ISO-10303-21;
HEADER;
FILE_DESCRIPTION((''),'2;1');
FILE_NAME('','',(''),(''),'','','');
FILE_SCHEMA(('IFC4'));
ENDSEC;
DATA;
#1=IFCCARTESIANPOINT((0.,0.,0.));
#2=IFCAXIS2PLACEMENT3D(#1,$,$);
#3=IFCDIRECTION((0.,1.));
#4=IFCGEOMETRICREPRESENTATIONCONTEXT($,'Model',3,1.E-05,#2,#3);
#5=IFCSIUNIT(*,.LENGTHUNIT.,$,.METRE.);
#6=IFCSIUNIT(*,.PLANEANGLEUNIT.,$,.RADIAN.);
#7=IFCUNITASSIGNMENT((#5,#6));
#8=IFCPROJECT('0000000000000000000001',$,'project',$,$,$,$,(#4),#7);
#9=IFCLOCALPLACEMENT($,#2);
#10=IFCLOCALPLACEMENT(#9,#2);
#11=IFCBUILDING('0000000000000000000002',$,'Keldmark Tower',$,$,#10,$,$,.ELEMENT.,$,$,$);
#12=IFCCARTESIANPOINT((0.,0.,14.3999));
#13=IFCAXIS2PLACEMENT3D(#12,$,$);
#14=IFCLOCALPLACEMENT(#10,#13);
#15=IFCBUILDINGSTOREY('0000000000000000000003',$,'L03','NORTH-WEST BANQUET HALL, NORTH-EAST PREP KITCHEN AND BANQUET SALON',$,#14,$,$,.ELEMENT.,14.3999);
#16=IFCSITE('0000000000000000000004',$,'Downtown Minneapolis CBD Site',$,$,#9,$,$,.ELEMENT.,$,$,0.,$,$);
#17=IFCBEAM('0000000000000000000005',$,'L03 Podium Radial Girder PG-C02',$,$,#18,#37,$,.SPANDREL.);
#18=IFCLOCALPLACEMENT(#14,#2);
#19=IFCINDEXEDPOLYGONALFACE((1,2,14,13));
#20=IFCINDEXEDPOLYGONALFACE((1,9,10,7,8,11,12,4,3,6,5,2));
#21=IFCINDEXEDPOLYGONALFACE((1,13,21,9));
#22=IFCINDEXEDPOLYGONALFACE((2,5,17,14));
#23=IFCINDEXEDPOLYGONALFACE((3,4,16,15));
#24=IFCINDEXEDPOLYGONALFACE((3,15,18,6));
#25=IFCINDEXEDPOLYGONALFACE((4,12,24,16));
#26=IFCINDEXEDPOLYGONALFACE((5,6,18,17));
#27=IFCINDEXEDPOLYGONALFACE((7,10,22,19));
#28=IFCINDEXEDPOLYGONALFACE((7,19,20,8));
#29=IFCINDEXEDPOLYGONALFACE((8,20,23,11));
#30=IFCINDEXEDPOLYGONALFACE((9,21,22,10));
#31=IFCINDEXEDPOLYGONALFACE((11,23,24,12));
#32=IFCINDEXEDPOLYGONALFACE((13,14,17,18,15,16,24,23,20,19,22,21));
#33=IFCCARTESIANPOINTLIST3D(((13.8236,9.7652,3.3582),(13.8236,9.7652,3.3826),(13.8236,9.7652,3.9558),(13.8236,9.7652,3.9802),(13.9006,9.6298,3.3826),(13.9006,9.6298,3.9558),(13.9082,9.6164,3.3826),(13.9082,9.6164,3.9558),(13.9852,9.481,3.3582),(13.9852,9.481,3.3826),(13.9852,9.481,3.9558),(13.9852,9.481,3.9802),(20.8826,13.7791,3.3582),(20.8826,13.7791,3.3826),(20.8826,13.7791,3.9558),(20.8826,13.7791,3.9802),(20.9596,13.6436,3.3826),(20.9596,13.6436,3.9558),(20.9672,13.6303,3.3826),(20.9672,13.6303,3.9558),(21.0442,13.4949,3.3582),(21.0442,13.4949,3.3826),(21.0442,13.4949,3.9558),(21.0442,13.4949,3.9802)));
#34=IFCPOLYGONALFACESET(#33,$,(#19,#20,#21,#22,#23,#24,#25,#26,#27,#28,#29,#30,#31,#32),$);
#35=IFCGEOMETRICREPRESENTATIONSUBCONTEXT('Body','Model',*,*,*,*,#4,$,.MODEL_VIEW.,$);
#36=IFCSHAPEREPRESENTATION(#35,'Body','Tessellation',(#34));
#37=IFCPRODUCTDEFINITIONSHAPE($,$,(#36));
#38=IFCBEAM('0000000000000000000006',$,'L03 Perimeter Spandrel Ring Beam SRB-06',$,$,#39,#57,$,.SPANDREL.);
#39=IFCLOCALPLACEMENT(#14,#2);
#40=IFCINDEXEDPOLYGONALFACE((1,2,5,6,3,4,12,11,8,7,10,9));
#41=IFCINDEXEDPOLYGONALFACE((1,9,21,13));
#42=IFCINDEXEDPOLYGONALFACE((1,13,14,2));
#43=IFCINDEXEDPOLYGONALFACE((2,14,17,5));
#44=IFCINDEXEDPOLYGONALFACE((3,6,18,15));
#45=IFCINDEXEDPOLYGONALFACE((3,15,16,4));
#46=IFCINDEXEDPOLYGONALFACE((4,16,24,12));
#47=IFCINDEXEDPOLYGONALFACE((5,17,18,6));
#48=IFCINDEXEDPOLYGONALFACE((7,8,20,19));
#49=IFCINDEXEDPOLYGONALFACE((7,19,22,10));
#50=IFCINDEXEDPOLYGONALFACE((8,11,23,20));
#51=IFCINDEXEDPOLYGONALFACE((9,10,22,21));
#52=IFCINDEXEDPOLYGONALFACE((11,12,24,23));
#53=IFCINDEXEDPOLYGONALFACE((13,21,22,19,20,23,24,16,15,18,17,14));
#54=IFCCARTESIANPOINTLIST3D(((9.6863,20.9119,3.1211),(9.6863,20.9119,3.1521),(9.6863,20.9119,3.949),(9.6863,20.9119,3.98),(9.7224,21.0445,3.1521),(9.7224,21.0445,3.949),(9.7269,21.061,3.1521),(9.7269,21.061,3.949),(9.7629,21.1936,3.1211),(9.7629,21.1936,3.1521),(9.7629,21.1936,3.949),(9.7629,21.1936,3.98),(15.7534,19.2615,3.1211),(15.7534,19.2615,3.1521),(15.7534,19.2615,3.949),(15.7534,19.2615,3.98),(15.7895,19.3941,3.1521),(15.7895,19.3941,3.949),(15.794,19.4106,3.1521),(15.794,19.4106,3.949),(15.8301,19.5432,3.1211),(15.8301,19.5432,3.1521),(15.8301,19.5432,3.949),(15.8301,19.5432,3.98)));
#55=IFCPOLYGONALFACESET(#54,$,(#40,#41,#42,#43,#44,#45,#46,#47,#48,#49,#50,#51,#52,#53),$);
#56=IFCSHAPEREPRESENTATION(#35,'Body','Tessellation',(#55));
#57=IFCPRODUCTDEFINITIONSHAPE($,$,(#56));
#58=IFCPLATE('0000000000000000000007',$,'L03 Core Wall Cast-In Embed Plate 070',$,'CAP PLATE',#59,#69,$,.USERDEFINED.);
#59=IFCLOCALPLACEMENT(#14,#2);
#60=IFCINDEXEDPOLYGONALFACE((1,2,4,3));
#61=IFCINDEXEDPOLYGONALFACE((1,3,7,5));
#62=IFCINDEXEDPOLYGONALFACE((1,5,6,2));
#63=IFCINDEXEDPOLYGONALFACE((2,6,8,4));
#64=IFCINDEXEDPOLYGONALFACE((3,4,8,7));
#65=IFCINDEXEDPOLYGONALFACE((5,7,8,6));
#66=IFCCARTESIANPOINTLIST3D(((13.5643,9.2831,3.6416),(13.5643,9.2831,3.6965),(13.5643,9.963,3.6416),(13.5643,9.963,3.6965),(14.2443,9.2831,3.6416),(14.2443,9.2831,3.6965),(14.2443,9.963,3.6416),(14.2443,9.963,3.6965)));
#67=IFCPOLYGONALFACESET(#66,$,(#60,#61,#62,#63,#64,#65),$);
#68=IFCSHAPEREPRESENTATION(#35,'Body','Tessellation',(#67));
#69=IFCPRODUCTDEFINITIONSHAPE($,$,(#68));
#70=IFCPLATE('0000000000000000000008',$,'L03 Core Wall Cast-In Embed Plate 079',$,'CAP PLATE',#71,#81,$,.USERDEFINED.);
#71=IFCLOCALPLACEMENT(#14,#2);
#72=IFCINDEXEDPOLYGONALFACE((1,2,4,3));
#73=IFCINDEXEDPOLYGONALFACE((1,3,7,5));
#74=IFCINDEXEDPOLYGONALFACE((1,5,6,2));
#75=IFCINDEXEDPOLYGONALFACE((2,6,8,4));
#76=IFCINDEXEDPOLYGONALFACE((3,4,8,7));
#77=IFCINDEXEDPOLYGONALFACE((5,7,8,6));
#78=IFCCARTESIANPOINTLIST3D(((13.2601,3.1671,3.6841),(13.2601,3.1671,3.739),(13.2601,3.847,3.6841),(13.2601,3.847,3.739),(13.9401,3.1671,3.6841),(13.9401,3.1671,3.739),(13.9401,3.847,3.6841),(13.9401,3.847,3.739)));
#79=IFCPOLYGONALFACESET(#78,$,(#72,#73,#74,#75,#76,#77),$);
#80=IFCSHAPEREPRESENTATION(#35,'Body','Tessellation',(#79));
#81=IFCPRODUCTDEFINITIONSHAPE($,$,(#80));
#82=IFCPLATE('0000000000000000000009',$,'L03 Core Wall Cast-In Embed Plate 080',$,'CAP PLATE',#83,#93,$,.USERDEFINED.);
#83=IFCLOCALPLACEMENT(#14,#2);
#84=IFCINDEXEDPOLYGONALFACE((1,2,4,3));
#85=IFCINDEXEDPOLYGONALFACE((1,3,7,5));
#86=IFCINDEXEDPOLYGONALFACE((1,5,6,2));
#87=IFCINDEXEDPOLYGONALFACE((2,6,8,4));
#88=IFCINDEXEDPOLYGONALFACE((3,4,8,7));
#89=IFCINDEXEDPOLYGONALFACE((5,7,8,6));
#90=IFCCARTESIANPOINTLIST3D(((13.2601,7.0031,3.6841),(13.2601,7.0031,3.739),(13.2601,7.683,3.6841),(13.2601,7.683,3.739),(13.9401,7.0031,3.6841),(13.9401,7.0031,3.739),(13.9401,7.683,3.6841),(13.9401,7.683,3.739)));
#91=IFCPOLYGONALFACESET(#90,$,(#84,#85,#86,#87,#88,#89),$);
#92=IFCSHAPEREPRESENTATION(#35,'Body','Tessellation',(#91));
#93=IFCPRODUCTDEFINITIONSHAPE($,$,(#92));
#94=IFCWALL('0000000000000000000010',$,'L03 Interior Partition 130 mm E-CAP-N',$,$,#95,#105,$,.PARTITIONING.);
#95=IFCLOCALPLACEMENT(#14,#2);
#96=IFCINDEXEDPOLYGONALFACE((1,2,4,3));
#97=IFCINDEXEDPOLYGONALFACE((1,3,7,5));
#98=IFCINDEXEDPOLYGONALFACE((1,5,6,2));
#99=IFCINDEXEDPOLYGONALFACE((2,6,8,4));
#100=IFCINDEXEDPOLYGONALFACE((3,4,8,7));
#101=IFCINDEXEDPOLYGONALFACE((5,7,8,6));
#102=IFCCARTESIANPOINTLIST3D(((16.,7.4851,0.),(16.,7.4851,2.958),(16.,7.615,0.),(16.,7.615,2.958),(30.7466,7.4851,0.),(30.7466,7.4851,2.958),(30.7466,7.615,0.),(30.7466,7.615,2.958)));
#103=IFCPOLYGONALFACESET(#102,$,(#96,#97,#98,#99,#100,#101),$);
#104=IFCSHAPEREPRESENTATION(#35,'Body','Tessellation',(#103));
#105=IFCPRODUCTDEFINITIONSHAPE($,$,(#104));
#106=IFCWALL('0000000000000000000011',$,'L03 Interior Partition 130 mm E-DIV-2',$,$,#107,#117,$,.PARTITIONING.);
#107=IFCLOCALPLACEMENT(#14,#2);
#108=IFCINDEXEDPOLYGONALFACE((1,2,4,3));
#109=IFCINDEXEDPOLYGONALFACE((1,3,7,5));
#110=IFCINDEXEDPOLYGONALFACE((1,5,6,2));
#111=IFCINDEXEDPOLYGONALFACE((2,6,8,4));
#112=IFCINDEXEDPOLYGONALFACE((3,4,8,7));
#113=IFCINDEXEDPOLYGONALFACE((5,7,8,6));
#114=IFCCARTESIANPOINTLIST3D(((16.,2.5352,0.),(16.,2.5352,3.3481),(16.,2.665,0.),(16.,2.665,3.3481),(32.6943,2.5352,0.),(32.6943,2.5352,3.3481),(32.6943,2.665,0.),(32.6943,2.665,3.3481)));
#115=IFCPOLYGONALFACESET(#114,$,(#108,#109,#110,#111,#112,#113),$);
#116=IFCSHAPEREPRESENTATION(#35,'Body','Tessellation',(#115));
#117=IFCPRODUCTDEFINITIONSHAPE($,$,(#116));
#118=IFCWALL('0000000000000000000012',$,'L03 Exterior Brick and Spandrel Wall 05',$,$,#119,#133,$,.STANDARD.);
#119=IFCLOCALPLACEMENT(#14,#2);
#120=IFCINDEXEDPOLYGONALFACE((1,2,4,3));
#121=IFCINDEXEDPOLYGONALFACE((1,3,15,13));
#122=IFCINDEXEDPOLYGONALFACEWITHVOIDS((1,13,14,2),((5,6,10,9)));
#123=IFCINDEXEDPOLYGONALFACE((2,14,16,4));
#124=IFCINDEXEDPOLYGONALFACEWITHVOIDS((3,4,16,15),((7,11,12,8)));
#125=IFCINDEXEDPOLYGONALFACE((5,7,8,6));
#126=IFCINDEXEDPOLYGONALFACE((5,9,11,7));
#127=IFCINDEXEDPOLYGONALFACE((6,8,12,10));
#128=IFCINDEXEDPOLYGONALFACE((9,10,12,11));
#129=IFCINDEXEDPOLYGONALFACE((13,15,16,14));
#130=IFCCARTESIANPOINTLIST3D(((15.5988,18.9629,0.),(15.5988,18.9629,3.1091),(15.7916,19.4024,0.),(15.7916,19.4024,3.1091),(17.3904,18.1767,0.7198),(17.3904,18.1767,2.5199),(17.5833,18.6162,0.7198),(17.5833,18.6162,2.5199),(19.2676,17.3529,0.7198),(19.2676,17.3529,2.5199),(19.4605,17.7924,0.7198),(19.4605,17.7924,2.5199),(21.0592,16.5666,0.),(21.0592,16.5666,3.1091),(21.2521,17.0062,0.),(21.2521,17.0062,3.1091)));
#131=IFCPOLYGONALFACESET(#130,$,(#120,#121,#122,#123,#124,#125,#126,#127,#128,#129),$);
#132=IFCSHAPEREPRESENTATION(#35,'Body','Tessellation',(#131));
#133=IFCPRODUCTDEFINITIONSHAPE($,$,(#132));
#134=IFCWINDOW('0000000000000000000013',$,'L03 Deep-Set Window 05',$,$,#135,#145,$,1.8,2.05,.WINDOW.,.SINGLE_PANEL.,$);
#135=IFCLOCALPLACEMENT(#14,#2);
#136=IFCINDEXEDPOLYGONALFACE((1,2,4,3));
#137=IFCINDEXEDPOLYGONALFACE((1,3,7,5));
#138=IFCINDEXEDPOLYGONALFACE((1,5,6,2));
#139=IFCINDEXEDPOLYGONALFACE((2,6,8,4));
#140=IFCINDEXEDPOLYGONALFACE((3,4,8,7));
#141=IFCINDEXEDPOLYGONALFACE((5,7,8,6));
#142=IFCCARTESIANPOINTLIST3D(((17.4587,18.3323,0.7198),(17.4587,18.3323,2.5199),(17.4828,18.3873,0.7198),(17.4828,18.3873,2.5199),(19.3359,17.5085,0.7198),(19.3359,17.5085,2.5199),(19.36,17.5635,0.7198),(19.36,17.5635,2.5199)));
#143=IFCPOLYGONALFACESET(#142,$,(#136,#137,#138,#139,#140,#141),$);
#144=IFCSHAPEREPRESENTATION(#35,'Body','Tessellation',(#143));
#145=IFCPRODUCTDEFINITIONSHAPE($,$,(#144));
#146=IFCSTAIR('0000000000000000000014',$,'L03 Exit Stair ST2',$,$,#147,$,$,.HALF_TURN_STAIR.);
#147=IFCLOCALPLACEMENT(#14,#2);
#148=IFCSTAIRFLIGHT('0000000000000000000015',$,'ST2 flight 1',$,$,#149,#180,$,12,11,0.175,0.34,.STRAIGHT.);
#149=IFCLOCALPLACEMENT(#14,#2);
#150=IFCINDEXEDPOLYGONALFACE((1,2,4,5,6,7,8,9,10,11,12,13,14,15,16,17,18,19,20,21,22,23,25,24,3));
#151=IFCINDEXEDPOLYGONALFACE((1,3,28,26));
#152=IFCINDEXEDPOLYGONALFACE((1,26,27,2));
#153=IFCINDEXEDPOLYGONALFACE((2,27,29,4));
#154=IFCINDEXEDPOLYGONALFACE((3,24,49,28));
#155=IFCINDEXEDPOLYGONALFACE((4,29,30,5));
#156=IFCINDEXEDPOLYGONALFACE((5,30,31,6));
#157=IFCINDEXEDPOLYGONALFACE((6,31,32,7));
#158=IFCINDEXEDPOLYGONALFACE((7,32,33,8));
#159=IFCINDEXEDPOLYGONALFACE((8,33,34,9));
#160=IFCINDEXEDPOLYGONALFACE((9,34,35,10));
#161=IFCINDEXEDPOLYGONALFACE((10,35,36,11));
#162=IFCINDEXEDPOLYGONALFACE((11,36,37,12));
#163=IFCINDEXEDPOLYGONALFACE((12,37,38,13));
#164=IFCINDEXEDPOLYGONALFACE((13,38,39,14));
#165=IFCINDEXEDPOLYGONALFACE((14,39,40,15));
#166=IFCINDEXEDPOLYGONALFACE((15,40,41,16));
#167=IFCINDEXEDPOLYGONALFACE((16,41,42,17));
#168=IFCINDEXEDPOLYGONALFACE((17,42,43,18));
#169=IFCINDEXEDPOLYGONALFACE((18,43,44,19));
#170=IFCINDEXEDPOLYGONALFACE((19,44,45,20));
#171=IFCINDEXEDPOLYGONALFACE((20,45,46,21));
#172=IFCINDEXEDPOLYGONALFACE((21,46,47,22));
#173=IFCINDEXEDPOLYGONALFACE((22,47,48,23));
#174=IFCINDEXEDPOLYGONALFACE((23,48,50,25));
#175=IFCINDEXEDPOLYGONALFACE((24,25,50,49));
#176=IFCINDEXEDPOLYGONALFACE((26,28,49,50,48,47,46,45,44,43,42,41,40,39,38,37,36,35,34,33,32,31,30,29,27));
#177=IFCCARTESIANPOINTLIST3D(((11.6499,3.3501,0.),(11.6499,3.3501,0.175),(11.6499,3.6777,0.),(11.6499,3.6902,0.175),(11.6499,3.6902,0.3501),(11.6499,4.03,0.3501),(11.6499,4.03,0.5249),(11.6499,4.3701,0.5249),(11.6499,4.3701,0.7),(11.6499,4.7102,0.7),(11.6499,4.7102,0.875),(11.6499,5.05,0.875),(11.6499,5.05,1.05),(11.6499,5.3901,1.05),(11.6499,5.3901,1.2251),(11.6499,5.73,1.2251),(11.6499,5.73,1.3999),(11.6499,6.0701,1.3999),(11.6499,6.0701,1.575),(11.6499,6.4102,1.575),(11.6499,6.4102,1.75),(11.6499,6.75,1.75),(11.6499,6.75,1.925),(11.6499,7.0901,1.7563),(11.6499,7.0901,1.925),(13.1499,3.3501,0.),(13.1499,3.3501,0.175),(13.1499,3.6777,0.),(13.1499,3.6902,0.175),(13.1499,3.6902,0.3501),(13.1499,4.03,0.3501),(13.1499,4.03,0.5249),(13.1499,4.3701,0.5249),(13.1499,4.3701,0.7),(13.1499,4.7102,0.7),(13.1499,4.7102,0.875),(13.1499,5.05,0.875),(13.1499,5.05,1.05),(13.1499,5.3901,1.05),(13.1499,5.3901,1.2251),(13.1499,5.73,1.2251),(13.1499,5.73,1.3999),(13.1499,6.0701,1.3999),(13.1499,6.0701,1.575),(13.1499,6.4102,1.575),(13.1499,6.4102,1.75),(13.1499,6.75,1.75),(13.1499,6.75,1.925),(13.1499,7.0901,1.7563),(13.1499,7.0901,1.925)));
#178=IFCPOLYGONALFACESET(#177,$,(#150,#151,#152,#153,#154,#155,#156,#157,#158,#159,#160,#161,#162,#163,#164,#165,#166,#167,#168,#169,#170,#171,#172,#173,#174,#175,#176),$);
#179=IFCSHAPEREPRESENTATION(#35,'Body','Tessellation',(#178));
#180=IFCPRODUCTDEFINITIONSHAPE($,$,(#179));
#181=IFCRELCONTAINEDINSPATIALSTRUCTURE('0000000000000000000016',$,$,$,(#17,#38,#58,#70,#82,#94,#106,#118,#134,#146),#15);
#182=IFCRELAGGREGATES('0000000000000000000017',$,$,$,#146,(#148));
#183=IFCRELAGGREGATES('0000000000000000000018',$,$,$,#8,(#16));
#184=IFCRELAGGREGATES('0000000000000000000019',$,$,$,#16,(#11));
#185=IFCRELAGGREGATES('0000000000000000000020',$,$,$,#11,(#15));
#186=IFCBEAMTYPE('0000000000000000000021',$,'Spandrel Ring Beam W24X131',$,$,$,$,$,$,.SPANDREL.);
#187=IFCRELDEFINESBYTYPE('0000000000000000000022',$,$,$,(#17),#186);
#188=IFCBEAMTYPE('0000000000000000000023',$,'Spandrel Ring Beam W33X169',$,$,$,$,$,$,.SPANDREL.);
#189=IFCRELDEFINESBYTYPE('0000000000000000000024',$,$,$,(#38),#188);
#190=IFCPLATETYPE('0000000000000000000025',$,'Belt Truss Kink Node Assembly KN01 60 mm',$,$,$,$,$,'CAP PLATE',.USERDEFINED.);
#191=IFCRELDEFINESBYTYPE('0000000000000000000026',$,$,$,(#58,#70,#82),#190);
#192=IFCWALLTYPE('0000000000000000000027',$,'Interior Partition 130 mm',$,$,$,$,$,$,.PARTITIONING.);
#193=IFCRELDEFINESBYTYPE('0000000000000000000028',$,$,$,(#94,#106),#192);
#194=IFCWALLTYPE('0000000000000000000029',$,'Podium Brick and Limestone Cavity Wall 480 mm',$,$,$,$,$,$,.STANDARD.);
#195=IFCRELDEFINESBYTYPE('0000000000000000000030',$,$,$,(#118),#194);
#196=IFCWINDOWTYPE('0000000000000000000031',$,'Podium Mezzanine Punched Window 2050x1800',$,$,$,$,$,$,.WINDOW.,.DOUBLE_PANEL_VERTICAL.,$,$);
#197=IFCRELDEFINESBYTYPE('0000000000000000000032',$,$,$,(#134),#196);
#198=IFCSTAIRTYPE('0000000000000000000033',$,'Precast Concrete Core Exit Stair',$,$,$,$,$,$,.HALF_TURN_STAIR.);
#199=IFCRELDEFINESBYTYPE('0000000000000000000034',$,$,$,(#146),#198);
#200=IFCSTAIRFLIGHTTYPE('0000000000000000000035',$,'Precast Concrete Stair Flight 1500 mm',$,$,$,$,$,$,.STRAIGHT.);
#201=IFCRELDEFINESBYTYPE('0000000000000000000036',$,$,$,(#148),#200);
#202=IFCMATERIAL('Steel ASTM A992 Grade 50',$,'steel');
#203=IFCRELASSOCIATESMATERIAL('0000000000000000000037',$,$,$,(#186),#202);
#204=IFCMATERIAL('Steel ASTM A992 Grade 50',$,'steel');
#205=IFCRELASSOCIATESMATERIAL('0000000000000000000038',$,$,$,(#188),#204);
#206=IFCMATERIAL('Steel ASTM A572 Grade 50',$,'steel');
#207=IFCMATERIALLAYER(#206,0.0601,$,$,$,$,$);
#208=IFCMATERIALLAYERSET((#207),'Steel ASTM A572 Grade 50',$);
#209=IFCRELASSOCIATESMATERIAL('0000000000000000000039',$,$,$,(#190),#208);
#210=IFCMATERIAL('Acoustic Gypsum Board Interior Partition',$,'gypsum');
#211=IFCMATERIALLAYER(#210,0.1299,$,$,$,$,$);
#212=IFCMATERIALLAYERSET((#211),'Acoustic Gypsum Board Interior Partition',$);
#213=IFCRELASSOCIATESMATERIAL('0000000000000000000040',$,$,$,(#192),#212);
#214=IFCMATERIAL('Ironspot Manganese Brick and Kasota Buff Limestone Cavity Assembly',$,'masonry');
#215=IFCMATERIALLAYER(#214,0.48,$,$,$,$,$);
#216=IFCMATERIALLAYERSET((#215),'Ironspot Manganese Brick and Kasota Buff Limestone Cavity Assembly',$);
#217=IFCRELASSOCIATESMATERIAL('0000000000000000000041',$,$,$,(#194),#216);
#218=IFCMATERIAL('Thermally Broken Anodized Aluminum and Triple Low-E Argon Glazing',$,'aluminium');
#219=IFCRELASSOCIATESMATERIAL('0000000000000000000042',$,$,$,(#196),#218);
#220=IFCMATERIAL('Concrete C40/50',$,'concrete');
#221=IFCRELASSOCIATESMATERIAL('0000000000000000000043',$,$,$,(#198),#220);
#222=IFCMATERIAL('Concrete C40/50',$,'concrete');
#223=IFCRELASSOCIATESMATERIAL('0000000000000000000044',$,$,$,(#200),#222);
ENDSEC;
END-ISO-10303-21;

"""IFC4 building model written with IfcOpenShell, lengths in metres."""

from ifc_helpers import new_model, si_unit, direction, frame, frame_2d, origin, origin_2d, place, context, subcontext, project, spatial, polyline, rectangle, i_section, outline, extrude, material, layer, layer_set, material_profile, profile_set, type_object, element, fill, aggregate, save


model = new_model("IFC4")

# Units and contexts
model_context = context("Model", 3, precision=1e-05, world=origin(), true_north=direction((0.0, 1.0)))
body_context = subcontext(model_context, "Body", "Model", "MODEL_VIEW")
ifc_project = project(units=[si_unit("LENGTHUNIT", "METRE"), si_unit("PLANEANGLEUNIT", "RADIAN")], contexts=[model_context])

# Site, building, storey
site_placement = place(None, origin())
site = spatial("IfcSite", under=ifc_project, at=site_placement, Name="Downtown Minneapolis CBD Site", CompositionType="ELEMENT", RefElevation=0.0)
building_placement = place(site_placement, origin())
building = spatial("IfcBuilding", under=site, at=building_placement, Name="Keldmark Tower", CompositionType="ELEMENT")
storey_placement = place(building_placement, frame((0.0, 0.0, 14.3999)))
storey = spatial("IfcBuildingStorey", under=building, at=storey_placement, Name="L03", Description="NORTH-WEST BANQUET HALL, NORTH-EAST PREP KITCHEN AND BANQUET SALON", CompositionType="ELEMENT", Elevation=14.3999)

# Beams
ifc_material_1 = material(Name="Steel ASTM A992 Grade 50", Category="steel")
ifc_material_profile_1 = material_profile(ifc_material_1, i_section(OverallWidth=0.3269, OverallDepth=0.6221, WebThickness=0.0154, FlangeThickness=0.0244, at=origin_2d()), Name="W24X131")
ifc_profile_set_1 = profile_set([ifc_material_profile_1], Name="Steel ASTM A992 Grade 50")
beam_type_1 = type_object("IfcBeamType", Name="Spandrel Ring Beam W24X131", PredefinedType="SPANDREL", material=ifc_profile_set_1)
beam_1_placement = place(storey_placement, frame((20.9634, 13.637, 3.6692), z_axis=(-0.869294, -0.494296, 0.0), x_axis=(0.494296, -0.869294, 0.0)))
element("IfcBeam", 1, at=beam_1_placement, inside=storey, type_object=beam_type_1, Name="L03 Podium Radial Girder PG-C02", PredefinedType="SPANDREL", context=body_context, shape_type="SweptSolid", body=[
    extrude(i_section(OverallWidth=0.3269, OverallDepth=0.6221, WebThickness=0.0154, FlangeThickness=0.0244, at=origin_2d()), origin(), (0.0, 0.0, 1.0), 8.1204),
])
ifc_material_2 = material(Name="Steel ASTM A992 Grade 50", Category="steel")
ifc_material_profile_2 = material_profile(ifc_material_2, i_section(OverallWidth=0.292, OverallDepth=0.8589, WebThickness=0.0171, FlangeThickness=0.031, at=origin_2d()), Name="W33X169")
ifc_profile_set_2 = profile_set([ifc_material_profile_2], Name="Steel ASTM A992 Grade 50")
beam_type_2 = type_object("IfcBeamType", Name="Spandrel Ring Beam W33X169", PredefinedType="SPANDREL", material=ifc_profile_set_2)
beam_2_placement = place(storey_placement, frame((15.7917, 19.4023, 3.5505), z_axis=(-0.964937, 0.262483, 0.0), x_axis=(-0.262483, -0.964937, 0.0)))
element("IfcBeam", 2, at=beam_2_placement, inside=storey, type_object=beam_type_2, Name="L03 Perimeter Spandrel Ring Beam SRB-06", PredefinedType="SPANDREL", context=body_context, shape_type="SweptSolid", body=[
    extrude(i_section(OverallWidth=0.292, OverallDepth=0.8589, WebThickness=0.0171, FlangeThickness=0.031, at=origin_2d()), origin(), (0.0, 0.0, 1.0), 6.2876),
])

# Plates
ifc_material_3 = material(Name="Steel ASTM A572 Grade 50", Category="steel")
ifc_layer_1 = layer(ifc_material_3, 0.0601)
ifc_layer_set_1 = layer_set([ifc_layer_1], Name="Steel ASTM A572 Grade 50")
plate_type = type_object("IfcPlateType", Name="Belt Truss Kink Node Assembly KN01 60 mm", ElementType="CAP PLATE", PredefinedType="USERDEFINED", material=ifc_layer_set_1)
for number, where, z_axis, x_axis, name in (
    (3, (13.9043, 9.623, 3.6416), (0.0, 0.0, 1.0), (1.0, 0.0, 0.0), "L03 Core Wall Cast-In Embed Plate 070"),
    (4, (13.6001, 3.5071, 3.6841), (0.0, 0.0, 1.0), (1.0, 0.0, 0.0), "L03 Core Wall Cast-In Embed Plate 079"),
    (5, (13.6001, 7.343, 3.6841), (0.0, 0.0, 1.0), (1.0, 0.0, 0.0), "L03 Core Wall Cast-In Embed Plate 080"),
):
    element("IfcPlate", number, at=place(storey_placement, frame(where, z_axis=z_axis, x_axis=x_axis)), inside=storey, type_object=plate_type, Name=name, ObjectType="CAP PLATE", PredefinedType="USERDEFINED", context=body_context, shape_type="SweptSolid", body=[
        extrude(rectangle(XDim=0.6799, YDim=0.6799, at=origin_2d()), origin(), (0.0, 0.0, 1.0), 0.0549),
    ])

# Walls
ifc_material_4 = material(Name="Acoustic Gypsum Board Interior Partition", Category="gypsum")
ifc_layer_2 = layer(ifc_material_4, 0.1299)
ifc_layer_set_2 = layer_set([ifc_layer_2], Name="Acoustic Gypsum Board Interior Partition")
wall_type_1 = type_object("IfcWallType", Name="Interior Partition 130 mm", PredefinedType="PARTITIONING", material=ifc_layer_set_2)
wall_1_placement = place(storey_placement, frame((16.0, 7.55, 0.0), z_axis=(0.0, 0.0, 1.0), x_axis=(1.0, 0.0, 0.0)))
element("IfcWall", 6, at=wall_1_placement, inside=storey, type_object=wall_type_1, Name="L03 Interior Partition 130 mm E-CAP-N", PredefinedType="PARTITIONING", context=body_context, shape_type="SweptSolid", body=[
    extrude(rectangle(XDim=14.7466, YDim=0.1299, at=frame_2d((7.3733, 0.0))), origin(), (0.0, 0.0, 1.0), 2.958),
])
wall_2_placement = place(storey_placement, frame((16.0, 2.6001, 0.0), z_axis=(0.0, 0.0, 1.0), x_axis=(1.0, 0.0, 0.0)))
element("IfcWall", 7, at=wall_2_placement, inside=storey, type_object=wall_type_1, Name="L03 Interior Partition 130 mm E-DIV-2", PredefinedType="PARTITIONING", context=body_context, shape_type="SweptSolid", body=[
    extrude(rectangle(XDim=16.6943, YDim=0.1299, at=frame_2d((8.3472, 0.0))), origin(), (0.0, 0.0, 1.0), 3.3481),
])

# Wall, opening, window
ifc_material_5 = material(Name="Ironspot Manganese Brick and Kasota Buff Limestone Cavity Assembly", Category="masonry")
ifc_layer_3 = layer(ifc_material_5, 0.48)
ifc_layer_set_3 = layer_set([ifc_layer_3], Name="Ironspot Manganese Brick and Kasota Buff Limestone Cavity Assembly")
wall_type_2 = type_object("IfcWallType", Name="Podium Brick and Limestone Cavity Wall 480 mm", PredefinedType="STANDARD", material=ifc_layer_set_3)
wall_3_placement = place(storey_placement, frame((15.6953, 19.1826, 0.0), z_axis=(0.0, 0.0, 1.0), x_axis=(0.915708, -0.401845, 0.0)))
wall_3 = element("IfcWall", 8, at=wall_3_placement, inside=storey, type_object=wall_type_2, Name="L03 Exterior Brick and Spandrel Wall 05", PredefinedType="STANDARD", context=body_context, shape_type="SweptSolid", body=[
    extrude(rectangle(XDim=5.9631, YDim=0.48, at=frame_2d((2.9814, 0.0))), origin(), (0.0, 0.0, 1.0), 3.1091),
])
opening_1_placement = place(wall_3_placement, frame((1.9565, 0.0, 0.72)))
opening_1 = element("IfcOpeningElement", 9, at=opening_1_placement, cuts=wall_3, PredefinedType="OPENING", context=body_context, shape_type="SweptSolid", body=[
    extrude(rectangle(XDim=2.05, YDim=1.8, at=frame_2d((1.0249, 0.8999))), frame((0.0, 0.25, 0.0), z_axis=(0.0, -1.0, 0.0), x_axis=(1.0, 0.0, 0.0)), (0.0, 0.0, 1.0), 0.5),
])
ifc_material_6 = material(Name="Thermally Broken Anodized Aluminum and Triple Low-E Argon Glazing", Category="aluminium")
window_type = type_object("IfcWindowType", Name="Podium Mezzanine Punched Window 2050x1800", PartitioningType="DOUBLE_PANEL_VERTICAL", PredefinedType="WINDOW", material=ifc_material_6)
window_placement = place(opening_1_placement, origin())
window = element("IfcWindow", 10, at=window_placement, inside=storey, type_object=window_type, Name="L03 Deep-Set Window 05", OverallHeight=1.8, OverallWidth=2.05, PartitioningType="SINGLE_PANEL", PredefinedType="WINDOW", context=body_context, shape_type="SweptSolid", body=[
    extrude(rectangle(XDim=2.05, YDim=1.8, at=frame_2d((1.0249, 0.8999))), frame((0.0, -0.01, 0.0), z_axis=(0.0, -1.0, 0.0), x_axis=(1.0, 0.0, 0.0)), (0.0, 0.0, 1.0), 0.0601),
])
fill(opening_1, window)

# Stair, stair flight
ifc_material_7 = material(Name="Concrete C40/50", Category="concrete")
stair_type = type_object("IfcStairType", Name="Precast Concrete Core Exit Stair", PredefinedType="HALF_TURN_STAIR", material=ifc_material_7)
stair_placement = place(storey_placement, origin())
stair = element("IfcStair", 11, at=stair_placement, inside=storey, type_object=stair_type, Name="L03 Exit Stair ST2", PredefinedType="HALF_TURN_STAIR")
ifc_material_8 = material(Name="Concrete C40/50", Category="concrete")
stair_flight_type = type_object("IfcStairFlightType", Name="Precast Concrete Stair Flight 1500 mm", PredefinedType="STRAIGHT", material=ifc_material_8)
stair_flight_placement = place(storey_placement, frame((12.3999, 3.3501, 0.0), z_axis=(0.0, 0.0, 1.0), x_axis=(0.0, 1.0, 0.0)))
stair_flight = element("IfcStairFlight", 12, at=stair_flight_placement, type_object=stair_flight_type, Name="ST2 flight 1", NumberOfRisers=12, NumberOfTreads=11, PredefinedType="STRAIGHT", RiserHeight=0.175, TreadLength=0.34, context=body_context, shape_type="SweptSolid", body=[
    extrude(outline(polyline([(0.0, 0.0), (0.0, 0.175), (0.3401, 0.175), (0.3401, 0.3501), (0.6799, 0.3501), (0.6799, 0.5249), (1.02, 0.5249), (1.02, 0.7), (1.3601, 0.7), (1.3601, 0.875), (1.7, 0.875), (1.7, 1.05), (2.04, 1.05), (2.04, 1.2251), (2.3799, 1.2251), (2.3799, 1.3999), (2.72, 1.3999), (2.72, 1.575), (3.0601, 1.575), (3.0601, 1.75), (3.3999, 1.75), (3.3999, 1.925), (3.74, 1.925), (3.74, 2.1001), (3.74, 1.7563), (0.3276, 0.0), (0.0, 0.0)])), frame((0.0, 0.75, 0.0), z_axis=(0.0, -1.0, 0.0), x_axis=(1.0, 0.0, 0.0)), (0.0, 0.0, 1.0), 1.5),
])
aggregate(stair, [stair_flight])

save(model, "model.ifc")
